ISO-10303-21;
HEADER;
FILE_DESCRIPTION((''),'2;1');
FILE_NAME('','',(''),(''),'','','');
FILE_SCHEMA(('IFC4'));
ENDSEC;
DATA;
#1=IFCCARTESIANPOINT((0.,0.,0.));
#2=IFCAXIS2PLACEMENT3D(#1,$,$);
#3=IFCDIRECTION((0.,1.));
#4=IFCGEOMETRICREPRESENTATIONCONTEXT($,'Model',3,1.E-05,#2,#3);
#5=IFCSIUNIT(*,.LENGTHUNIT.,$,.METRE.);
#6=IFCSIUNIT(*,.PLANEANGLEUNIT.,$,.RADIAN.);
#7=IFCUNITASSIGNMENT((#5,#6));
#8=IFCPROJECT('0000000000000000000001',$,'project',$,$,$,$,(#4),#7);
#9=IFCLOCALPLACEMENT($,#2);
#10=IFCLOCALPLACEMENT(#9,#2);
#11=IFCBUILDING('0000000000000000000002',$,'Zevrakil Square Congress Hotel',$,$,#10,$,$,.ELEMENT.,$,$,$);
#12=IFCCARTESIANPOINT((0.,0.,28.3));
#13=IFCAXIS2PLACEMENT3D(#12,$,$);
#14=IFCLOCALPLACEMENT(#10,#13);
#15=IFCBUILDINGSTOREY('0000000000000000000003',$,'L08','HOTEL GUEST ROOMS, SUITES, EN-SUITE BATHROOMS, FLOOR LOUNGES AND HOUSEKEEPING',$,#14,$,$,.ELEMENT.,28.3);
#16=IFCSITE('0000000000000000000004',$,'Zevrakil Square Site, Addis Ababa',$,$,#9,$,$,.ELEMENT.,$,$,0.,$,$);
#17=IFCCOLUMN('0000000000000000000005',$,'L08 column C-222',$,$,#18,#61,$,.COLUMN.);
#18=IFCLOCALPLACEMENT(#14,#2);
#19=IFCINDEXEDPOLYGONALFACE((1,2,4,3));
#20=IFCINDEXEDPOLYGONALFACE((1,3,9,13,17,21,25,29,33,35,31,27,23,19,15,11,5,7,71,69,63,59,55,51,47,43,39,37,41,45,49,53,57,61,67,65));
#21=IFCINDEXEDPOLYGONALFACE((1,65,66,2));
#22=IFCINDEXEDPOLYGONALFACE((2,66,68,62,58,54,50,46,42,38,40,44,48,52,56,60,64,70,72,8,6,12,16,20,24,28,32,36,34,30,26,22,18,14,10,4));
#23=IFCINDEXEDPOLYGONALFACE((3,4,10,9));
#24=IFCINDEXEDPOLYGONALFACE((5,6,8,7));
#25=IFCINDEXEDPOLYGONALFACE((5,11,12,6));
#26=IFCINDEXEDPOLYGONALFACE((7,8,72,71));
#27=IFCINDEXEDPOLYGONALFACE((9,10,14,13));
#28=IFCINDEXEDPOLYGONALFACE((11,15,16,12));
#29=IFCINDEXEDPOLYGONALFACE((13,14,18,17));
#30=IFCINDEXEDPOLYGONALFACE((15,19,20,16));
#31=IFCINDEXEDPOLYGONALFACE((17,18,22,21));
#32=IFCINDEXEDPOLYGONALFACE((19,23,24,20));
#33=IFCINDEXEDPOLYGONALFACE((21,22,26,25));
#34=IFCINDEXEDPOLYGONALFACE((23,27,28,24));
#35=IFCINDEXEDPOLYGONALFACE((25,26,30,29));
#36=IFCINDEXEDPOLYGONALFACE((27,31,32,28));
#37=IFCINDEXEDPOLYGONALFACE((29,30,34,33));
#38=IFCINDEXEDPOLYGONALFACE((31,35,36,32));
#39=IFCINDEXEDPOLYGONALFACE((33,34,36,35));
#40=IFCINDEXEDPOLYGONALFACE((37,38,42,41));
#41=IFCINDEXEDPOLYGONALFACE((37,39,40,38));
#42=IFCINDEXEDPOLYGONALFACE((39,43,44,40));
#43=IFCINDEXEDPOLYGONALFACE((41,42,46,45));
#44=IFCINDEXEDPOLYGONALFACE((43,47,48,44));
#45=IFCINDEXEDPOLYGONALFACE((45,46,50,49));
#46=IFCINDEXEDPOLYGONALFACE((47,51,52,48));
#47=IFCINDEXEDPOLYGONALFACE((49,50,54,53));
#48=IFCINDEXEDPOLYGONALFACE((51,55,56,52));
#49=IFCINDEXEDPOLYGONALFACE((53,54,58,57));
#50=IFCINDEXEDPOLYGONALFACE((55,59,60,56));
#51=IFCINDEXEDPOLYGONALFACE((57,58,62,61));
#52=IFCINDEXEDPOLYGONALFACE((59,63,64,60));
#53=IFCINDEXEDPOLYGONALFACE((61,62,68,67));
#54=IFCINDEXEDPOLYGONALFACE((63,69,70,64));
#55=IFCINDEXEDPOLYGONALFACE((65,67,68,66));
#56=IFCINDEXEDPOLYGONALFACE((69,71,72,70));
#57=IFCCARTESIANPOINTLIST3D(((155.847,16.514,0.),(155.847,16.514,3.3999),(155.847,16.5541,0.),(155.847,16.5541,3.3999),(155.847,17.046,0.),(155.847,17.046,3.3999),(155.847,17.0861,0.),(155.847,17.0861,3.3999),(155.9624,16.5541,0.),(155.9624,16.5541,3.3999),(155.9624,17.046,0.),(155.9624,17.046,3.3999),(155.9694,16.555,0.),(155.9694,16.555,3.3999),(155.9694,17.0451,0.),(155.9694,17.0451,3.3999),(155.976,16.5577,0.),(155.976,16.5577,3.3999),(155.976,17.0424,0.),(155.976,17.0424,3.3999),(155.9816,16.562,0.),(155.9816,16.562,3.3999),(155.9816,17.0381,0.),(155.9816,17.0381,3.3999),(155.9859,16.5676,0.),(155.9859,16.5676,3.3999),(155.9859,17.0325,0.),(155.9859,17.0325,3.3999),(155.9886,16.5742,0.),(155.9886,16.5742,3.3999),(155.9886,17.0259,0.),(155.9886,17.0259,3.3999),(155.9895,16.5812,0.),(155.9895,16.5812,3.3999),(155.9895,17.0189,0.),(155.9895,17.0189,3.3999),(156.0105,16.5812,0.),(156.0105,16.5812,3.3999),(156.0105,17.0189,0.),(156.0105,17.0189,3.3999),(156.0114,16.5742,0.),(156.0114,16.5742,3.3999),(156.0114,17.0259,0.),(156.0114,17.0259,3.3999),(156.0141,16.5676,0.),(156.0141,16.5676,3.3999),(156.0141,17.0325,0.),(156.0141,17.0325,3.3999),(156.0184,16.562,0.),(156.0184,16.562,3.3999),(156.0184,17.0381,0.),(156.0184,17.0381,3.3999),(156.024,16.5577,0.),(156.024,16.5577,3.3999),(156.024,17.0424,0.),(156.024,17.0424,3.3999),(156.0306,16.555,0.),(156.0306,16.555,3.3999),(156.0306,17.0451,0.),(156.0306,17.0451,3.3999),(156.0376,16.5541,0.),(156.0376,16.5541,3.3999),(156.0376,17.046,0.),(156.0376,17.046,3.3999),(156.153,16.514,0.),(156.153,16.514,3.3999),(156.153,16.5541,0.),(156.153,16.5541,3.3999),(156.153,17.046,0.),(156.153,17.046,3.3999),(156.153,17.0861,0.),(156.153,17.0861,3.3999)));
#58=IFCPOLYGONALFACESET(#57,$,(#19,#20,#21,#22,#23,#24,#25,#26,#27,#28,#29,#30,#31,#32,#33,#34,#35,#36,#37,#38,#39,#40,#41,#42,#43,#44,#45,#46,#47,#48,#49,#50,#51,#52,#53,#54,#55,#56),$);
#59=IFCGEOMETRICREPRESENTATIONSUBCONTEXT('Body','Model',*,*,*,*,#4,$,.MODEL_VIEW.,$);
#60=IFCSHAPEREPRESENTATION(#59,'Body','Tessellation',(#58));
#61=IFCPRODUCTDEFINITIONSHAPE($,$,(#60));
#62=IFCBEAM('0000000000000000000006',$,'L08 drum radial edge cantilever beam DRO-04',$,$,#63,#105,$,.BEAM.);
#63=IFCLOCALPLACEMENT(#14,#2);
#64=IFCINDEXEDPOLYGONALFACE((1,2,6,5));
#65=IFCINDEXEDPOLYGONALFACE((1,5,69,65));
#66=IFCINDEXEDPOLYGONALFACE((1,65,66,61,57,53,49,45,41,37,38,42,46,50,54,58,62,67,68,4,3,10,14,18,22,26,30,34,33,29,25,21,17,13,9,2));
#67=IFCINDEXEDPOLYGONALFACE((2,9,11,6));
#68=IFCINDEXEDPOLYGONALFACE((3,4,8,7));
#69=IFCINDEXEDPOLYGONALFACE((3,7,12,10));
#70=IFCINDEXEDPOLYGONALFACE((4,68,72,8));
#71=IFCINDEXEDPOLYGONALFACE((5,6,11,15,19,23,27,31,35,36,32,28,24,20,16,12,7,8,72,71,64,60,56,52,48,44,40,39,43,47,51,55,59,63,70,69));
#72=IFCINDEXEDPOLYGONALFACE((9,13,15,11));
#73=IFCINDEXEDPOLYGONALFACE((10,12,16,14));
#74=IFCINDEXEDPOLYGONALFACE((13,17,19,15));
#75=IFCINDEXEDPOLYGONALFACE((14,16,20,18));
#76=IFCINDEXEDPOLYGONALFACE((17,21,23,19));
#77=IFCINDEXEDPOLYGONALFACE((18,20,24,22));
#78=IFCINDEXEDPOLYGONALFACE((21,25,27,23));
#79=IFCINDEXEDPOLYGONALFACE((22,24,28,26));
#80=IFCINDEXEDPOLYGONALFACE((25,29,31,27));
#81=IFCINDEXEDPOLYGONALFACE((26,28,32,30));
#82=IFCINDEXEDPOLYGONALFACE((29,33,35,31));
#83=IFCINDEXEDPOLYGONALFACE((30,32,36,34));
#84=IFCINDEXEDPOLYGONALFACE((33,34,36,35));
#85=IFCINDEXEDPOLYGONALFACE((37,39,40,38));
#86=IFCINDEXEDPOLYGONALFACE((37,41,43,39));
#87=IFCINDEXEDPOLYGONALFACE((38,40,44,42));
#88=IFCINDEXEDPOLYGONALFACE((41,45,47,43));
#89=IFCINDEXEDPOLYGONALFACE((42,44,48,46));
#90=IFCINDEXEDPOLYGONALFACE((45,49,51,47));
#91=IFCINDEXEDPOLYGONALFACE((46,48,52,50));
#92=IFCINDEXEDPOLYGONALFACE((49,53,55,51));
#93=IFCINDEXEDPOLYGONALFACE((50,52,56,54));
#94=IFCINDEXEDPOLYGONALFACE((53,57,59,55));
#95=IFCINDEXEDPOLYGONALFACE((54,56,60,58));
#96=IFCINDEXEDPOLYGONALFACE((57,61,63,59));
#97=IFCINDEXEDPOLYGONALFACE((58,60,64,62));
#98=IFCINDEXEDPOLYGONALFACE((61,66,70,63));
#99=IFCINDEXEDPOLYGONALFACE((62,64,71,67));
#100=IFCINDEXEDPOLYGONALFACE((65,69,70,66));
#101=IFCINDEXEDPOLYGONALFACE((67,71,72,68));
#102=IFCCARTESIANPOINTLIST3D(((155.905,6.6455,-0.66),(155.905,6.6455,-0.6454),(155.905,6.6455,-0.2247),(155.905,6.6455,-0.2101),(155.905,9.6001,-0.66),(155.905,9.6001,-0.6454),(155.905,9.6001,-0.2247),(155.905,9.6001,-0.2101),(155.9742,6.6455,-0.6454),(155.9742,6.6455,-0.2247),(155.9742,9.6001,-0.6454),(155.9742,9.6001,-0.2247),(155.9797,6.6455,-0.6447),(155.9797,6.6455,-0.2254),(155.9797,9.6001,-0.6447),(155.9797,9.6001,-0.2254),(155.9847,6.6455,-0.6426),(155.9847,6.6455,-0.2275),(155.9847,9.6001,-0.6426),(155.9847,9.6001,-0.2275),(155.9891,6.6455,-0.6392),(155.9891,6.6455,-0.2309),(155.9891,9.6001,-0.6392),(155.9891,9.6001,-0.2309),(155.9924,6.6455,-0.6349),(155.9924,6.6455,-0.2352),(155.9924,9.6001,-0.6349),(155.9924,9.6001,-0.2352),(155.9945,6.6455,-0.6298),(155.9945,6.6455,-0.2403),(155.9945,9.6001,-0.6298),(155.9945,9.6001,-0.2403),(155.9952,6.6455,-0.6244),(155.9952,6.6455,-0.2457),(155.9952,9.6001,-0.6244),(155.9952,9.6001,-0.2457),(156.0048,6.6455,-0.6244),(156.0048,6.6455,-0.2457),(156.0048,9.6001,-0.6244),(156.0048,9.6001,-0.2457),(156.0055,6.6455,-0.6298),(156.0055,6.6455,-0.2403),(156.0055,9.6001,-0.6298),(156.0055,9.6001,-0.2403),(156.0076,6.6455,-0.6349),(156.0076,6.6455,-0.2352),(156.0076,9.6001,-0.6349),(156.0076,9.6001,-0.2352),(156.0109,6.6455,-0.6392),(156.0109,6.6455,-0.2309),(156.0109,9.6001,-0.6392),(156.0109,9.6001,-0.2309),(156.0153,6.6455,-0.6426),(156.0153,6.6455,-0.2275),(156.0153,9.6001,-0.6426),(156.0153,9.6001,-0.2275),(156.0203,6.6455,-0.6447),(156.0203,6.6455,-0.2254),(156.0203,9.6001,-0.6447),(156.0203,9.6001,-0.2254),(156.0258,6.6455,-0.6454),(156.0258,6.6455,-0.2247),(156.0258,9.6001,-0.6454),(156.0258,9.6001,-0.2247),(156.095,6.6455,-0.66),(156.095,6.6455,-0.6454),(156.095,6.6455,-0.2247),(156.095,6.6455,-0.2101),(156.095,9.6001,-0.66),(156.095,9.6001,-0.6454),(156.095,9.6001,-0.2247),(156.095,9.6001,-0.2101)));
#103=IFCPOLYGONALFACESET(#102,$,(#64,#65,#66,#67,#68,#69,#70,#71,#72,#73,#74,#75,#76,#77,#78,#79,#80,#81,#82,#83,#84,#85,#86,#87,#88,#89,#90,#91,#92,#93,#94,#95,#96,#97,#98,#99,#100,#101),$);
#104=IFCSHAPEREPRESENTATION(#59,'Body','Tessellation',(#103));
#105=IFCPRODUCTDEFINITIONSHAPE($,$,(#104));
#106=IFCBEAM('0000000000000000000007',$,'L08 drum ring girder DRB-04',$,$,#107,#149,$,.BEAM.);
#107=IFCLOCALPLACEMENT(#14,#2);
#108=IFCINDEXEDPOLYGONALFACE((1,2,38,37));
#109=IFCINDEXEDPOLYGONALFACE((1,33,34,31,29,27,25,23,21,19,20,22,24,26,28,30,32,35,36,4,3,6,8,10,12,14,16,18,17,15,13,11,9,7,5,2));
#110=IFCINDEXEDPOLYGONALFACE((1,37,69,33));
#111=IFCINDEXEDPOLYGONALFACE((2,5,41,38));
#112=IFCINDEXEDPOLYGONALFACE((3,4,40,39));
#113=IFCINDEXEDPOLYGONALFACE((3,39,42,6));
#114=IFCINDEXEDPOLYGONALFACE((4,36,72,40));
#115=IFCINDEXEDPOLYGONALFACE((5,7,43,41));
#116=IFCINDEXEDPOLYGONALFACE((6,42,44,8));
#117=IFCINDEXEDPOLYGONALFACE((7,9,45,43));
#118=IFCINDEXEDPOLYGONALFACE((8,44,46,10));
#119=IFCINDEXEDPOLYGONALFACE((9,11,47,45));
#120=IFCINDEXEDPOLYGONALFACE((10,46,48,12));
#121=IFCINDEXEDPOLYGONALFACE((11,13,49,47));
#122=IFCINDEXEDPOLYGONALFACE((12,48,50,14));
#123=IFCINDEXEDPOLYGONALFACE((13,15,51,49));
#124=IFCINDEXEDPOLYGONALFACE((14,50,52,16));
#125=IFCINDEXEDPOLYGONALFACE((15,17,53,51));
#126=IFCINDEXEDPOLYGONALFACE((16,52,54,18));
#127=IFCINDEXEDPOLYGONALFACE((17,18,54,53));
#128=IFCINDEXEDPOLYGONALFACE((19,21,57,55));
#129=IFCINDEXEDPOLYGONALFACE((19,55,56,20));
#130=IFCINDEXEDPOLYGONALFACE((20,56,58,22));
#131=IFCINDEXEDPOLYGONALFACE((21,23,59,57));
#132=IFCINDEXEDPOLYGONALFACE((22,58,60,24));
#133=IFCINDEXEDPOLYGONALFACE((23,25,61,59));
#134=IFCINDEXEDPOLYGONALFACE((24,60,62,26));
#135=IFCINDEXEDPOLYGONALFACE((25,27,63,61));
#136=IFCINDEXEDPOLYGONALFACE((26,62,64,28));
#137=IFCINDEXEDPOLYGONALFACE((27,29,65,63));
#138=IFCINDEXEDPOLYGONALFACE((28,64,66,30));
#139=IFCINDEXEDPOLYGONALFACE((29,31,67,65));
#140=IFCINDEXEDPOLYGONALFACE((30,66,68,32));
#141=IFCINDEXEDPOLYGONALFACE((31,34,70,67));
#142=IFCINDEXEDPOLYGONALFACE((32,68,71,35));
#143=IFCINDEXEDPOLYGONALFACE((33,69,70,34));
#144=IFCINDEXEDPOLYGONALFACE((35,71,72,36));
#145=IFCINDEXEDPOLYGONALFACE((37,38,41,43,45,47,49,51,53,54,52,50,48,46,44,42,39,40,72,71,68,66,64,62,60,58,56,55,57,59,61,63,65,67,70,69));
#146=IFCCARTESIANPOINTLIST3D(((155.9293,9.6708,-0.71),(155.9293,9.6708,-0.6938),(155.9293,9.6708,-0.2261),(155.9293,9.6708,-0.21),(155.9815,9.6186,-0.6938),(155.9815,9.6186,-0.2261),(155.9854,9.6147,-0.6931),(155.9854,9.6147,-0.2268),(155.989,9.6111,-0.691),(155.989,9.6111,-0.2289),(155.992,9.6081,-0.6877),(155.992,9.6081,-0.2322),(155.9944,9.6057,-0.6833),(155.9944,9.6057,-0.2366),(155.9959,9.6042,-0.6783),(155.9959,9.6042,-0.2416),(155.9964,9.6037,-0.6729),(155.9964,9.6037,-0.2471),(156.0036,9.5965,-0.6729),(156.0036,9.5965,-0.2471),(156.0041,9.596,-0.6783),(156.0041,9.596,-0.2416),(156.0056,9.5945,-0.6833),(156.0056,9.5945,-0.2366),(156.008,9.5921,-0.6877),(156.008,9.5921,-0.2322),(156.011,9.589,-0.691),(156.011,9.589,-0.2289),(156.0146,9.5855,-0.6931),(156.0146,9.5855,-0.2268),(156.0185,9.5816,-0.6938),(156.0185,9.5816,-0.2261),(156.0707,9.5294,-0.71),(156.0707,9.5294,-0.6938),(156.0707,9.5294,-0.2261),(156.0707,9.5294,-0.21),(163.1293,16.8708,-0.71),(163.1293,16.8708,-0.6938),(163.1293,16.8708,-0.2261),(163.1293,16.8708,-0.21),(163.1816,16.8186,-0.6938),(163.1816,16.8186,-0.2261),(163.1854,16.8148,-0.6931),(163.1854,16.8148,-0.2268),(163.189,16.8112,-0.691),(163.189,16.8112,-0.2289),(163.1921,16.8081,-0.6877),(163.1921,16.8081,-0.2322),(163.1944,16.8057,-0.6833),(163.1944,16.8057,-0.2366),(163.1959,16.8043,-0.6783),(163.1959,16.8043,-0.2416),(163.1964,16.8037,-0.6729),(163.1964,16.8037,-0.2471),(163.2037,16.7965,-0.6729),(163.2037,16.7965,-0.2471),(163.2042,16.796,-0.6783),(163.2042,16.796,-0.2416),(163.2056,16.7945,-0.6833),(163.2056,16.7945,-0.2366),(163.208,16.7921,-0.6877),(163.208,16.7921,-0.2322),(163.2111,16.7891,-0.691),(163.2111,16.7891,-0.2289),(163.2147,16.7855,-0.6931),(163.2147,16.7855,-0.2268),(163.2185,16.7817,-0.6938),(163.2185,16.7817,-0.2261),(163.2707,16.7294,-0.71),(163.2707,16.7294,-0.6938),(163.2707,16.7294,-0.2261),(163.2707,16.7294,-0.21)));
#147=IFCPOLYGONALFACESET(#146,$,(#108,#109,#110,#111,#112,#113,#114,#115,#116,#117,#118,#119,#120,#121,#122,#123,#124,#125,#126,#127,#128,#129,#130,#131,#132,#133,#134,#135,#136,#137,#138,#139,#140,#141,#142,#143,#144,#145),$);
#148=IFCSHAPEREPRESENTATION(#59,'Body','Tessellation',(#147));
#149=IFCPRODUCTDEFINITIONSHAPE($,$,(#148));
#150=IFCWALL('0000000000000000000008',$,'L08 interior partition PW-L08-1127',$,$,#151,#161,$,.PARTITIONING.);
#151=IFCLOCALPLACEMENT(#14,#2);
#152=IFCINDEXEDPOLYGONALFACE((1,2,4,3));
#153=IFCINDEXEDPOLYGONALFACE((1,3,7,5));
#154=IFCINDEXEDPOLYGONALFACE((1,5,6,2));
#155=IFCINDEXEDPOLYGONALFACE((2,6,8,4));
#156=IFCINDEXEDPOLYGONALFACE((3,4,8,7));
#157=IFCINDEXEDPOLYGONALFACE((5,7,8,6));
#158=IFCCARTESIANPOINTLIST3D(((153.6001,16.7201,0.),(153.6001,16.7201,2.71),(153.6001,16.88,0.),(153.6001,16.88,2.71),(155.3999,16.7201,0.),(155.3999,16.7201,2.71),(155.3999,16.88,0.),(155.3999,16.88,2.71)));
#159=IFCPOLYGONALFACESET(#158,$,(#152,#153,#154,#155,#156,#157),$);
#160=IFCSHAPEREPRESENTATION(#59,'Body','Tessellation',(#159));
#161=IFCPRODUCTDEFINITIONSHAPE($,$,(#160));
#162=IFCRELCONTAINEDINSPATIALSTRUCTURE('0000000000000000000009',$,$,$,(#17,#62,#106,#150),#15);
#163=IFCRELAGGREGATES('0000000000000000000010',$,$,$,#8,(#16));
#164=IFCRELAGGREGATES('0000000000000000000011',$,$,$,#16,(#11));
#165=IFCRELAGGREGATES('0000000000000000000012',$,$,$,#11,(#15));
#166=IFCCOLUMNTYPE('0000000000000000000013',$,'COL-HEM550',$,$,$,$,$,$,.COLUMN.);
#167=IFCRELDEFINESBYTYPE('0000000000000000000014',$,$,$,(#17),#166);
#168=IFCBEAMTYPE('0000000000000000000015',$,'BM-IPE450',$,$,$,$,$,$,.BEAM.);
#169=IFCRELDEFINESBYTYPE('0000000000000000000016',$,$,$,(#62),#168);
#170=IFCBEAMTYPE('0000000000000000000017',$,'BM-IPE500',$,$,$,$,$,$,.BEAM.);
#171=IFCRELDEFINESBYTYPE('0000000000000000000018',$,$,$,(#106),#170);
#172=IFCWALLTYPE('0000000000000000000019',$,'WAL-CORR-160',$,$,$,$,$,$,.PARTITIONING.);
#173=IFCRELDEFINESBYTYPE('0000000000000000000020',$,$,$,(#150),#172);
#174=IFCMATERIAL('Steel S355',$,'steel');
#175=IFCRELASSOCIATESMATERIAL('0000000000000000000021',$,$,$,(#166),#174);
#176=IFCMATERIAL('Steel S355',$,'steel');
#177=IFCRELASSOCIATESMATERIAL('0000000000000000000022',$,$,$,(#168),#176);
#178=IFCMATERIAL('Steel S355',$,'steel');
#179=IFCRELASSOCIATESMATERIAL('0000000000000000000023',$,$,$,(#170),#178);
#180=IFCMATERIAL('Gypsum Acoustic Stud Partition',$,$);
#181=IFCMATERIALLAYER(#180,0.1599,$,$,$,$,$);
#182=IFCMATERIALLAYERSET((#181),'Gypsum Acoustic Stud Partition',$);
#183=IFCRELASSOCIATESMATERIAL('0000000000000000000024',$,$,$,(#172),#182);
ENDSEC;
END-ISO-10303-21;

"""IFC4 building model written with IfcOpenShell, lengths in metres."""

from ifc_helpers import new_model, si_unit, direction, frame, frame_2d, origin, origin_2d, place, context, subcontext, project, spatial, rectangle, i_section, extrude, material, layer, layer_set, material_profile, profile_set, type_object, element, save


model = new_model("IFC4")

# Units and contexts
model_context = context("Model", 3, precision=1e-05, world=origin(), true_north=direction((0.0, 1.0)))
body_context = subcontext(model_context, "Body", "Model", "MODEL_VIEW")
ifc_project = project(units=[si_unit("LENGTHUNIT", "METRE"), si_unit("PLANEANGLEUNIT", "RADIAN")], contexts=[model_context])

# Site, building, storey
site_placement = place(None, origin())
site = spatial("IfcSite", under=ifc_project, at=site_placement, Name="Zevrakil Square Site, Addis Ababa", CompositionType="ELEMENT", RefElevation=0.0)
building_placement = place(site_placement, origin())
building = spatial("IfcBuilding", under=site, at=building_placement, Name="Zevrakil Square Congress Hotel", CompositionType="ELEMENT")
storey_placement = place(building_placement, frame((0.0, 0.0, 28.3)))
storey = spatial("IfcBuildingStorey", under=building, at=storey_placement, Name="L08", Description="HOTEL GUEST ROOMS, SUITES, EN-SUITE BATHROOMS, FLOOR LOUNGES AND HOUSEKEEPING", CompositionType="ELEMENT", Elevation=28.3)

# Column
ifc_material_1 = material(Name="Steel S355", Category="steel")
ifc_material_profile_1 = material_profile(ifc_material_1, i_section(OverallWidth=0.3059, OverallDepth=0.572, WebThickness=0.021, FlangeThickness=0.04, FilletRadius=0.0271, at=origin_2d()), Name="HEM 550")
ifc_profile_set_1 = profile_set([ifc_material_profile_1], Name="Steel S355")
column_type = type_object("IfcColumnType", Name="COL-HEM550", PredefinedType="COLUMN", material=ifc_profile_set_1)
column_placement = place(storey_placement, frame((156.0, 16.8, 0.0), z_axis=(0.0, 0.0, 1.0), x_axis=(1.0, 0.0, 0.0)))
element("IfcColumn", 1, at=column_placement, inside=storey, type_object=column_type, Name="L08 column C-222", PredefinedType="COLUMN", context=body_context, shape_type="SweptSolid", body=[
    extrude(i_section(OverallWidth=0.3059, OverallDepth=0.572, WebThickness=0.021, FlangeThickness=0.04, FilletRadius=0.0271, at=origin_2d()), origin(), (0.0, 0.0, 1.0), 3.3999),
])

# Beams
ifc_material_2 = material(Name="Steel S355", Category="steel")
ifc_material_profile_2 = material_profile(ifc_material_2, i_section(OverallWidth=0.1899, OverallDepth=0.45, WebThickness=0.0095, FlangeThickness=0.0146, FilletRadius=0.021, at=origin_2d()), Name="IPE 450")
ifc_profile_set_2 = profile_set([ifc_material_profile_2], Name="Steel S355")
beam_type_1 = type_object("IfcBeamType", Name="BM-IPE450", PredefinedType="BEAM", material=ifc_profile_set_2)
beam_1_placement = place(storey_placement, frame((156.0, 9.6001, -0.4351), z_axis=(0.0, -1.0, 0.0), x_axis=(1.0, 0.0, 0.0)))
element("IfcBeam", 2, at=beam_1_placement, inside=storey, type_object=beam_type_1, Name="L08 drum radial edge cantilever beam DRO-04", PredefinedType="BEAM", context=body_context, shape_type="SweptSolid", body=[
    extrude(i_section(OverallWidth=0.1899, OverallDepth=0.45, WebThickness=0.0095, FlangeThickness=0.0146, FilletRadius=0.021, at=origin_2d()), origin(), (0.0, 0.0, 1.0), 2.9546),
])
ifc_material_3 = material(Name="Steel S355", Category="steel")
ifc_material_profile_3 = material_profile(ifc_material_3, i_section(OverallWidth=0.2, OverallDepth=0.5, WebThickness=0.0103, FlangeThickness=0.0161, FilletRadius=0.021, at=origin_2d()), Name="IPE 500")
ifc_profile_set_3 = profile_set([ifc_material_profile_3], Name="Steel S355")
beam_type_2 = type_object("IfcBeamType", Name="BM-IPE500", PredefinedType="BEAM", material=ifc_profile_set_3)
beam_2_placement = place(storey_placement, frame((156.0, 9.6001, -0.46), z_axis=(0.707107, 0.707107, 0.0), x_axis=(-0.707107, 0.707107, 0.0)))
element("IfcBeam", 3, at=beam_2_placement, inside=storey, type_object=beam_type_2, Name="L08 drum ring girder DRB-04", PredefinedType="BEAM", context=body_context, shape_type="SweptSolid", body=[
    extrude(i_section(OverallWidth=0.2, OverallDepth=0.5, WebThickness=0.0103, FlangeThickness=0.0161, FilletRadius=0.021, at=origin_2d()), origin(), (0.0, 0.0, 1.0), 10.1824),
])

# Wall
ifc_material_4 = material(Name="Gypsum Acoustic Stud Partition")
ifc_layer_1 = layer(ifc_material_4, 0.1599)
ifc_layer_set_1 = layer_set([ifc_layer_1], Name="Gypsum Acoustic Stud Partition")
wall_type_1 = type_object("IfcWallType", Name="WAL-CORR-160", PredefinedType="PARTITIONING", material=ifc_layer_set_1)
wall_1_placement = place(storey_placement, frame((153.6001, 16.8, 0.0), z_axis=(0.0, 0.0, 1.0), x_axis=(1.0, 0.0, 0.0)))
element("IfcWall", 4, at=wall_1_placement, inside=storey, type_object=wall_type_1, Name="L08 interior partition PW-L08-1127", PredefinedType="PARTITIONING", context=body_context, shape_type="SweptSolid", body=[
    extrude(rectangle(XDim=1.7998, YDim=0.1599, at=frame_2d((0.8999, 0.0))), origin(), (0.0, 0.0, 1.0), 2.71),
])

save(model, "model.ifc")
